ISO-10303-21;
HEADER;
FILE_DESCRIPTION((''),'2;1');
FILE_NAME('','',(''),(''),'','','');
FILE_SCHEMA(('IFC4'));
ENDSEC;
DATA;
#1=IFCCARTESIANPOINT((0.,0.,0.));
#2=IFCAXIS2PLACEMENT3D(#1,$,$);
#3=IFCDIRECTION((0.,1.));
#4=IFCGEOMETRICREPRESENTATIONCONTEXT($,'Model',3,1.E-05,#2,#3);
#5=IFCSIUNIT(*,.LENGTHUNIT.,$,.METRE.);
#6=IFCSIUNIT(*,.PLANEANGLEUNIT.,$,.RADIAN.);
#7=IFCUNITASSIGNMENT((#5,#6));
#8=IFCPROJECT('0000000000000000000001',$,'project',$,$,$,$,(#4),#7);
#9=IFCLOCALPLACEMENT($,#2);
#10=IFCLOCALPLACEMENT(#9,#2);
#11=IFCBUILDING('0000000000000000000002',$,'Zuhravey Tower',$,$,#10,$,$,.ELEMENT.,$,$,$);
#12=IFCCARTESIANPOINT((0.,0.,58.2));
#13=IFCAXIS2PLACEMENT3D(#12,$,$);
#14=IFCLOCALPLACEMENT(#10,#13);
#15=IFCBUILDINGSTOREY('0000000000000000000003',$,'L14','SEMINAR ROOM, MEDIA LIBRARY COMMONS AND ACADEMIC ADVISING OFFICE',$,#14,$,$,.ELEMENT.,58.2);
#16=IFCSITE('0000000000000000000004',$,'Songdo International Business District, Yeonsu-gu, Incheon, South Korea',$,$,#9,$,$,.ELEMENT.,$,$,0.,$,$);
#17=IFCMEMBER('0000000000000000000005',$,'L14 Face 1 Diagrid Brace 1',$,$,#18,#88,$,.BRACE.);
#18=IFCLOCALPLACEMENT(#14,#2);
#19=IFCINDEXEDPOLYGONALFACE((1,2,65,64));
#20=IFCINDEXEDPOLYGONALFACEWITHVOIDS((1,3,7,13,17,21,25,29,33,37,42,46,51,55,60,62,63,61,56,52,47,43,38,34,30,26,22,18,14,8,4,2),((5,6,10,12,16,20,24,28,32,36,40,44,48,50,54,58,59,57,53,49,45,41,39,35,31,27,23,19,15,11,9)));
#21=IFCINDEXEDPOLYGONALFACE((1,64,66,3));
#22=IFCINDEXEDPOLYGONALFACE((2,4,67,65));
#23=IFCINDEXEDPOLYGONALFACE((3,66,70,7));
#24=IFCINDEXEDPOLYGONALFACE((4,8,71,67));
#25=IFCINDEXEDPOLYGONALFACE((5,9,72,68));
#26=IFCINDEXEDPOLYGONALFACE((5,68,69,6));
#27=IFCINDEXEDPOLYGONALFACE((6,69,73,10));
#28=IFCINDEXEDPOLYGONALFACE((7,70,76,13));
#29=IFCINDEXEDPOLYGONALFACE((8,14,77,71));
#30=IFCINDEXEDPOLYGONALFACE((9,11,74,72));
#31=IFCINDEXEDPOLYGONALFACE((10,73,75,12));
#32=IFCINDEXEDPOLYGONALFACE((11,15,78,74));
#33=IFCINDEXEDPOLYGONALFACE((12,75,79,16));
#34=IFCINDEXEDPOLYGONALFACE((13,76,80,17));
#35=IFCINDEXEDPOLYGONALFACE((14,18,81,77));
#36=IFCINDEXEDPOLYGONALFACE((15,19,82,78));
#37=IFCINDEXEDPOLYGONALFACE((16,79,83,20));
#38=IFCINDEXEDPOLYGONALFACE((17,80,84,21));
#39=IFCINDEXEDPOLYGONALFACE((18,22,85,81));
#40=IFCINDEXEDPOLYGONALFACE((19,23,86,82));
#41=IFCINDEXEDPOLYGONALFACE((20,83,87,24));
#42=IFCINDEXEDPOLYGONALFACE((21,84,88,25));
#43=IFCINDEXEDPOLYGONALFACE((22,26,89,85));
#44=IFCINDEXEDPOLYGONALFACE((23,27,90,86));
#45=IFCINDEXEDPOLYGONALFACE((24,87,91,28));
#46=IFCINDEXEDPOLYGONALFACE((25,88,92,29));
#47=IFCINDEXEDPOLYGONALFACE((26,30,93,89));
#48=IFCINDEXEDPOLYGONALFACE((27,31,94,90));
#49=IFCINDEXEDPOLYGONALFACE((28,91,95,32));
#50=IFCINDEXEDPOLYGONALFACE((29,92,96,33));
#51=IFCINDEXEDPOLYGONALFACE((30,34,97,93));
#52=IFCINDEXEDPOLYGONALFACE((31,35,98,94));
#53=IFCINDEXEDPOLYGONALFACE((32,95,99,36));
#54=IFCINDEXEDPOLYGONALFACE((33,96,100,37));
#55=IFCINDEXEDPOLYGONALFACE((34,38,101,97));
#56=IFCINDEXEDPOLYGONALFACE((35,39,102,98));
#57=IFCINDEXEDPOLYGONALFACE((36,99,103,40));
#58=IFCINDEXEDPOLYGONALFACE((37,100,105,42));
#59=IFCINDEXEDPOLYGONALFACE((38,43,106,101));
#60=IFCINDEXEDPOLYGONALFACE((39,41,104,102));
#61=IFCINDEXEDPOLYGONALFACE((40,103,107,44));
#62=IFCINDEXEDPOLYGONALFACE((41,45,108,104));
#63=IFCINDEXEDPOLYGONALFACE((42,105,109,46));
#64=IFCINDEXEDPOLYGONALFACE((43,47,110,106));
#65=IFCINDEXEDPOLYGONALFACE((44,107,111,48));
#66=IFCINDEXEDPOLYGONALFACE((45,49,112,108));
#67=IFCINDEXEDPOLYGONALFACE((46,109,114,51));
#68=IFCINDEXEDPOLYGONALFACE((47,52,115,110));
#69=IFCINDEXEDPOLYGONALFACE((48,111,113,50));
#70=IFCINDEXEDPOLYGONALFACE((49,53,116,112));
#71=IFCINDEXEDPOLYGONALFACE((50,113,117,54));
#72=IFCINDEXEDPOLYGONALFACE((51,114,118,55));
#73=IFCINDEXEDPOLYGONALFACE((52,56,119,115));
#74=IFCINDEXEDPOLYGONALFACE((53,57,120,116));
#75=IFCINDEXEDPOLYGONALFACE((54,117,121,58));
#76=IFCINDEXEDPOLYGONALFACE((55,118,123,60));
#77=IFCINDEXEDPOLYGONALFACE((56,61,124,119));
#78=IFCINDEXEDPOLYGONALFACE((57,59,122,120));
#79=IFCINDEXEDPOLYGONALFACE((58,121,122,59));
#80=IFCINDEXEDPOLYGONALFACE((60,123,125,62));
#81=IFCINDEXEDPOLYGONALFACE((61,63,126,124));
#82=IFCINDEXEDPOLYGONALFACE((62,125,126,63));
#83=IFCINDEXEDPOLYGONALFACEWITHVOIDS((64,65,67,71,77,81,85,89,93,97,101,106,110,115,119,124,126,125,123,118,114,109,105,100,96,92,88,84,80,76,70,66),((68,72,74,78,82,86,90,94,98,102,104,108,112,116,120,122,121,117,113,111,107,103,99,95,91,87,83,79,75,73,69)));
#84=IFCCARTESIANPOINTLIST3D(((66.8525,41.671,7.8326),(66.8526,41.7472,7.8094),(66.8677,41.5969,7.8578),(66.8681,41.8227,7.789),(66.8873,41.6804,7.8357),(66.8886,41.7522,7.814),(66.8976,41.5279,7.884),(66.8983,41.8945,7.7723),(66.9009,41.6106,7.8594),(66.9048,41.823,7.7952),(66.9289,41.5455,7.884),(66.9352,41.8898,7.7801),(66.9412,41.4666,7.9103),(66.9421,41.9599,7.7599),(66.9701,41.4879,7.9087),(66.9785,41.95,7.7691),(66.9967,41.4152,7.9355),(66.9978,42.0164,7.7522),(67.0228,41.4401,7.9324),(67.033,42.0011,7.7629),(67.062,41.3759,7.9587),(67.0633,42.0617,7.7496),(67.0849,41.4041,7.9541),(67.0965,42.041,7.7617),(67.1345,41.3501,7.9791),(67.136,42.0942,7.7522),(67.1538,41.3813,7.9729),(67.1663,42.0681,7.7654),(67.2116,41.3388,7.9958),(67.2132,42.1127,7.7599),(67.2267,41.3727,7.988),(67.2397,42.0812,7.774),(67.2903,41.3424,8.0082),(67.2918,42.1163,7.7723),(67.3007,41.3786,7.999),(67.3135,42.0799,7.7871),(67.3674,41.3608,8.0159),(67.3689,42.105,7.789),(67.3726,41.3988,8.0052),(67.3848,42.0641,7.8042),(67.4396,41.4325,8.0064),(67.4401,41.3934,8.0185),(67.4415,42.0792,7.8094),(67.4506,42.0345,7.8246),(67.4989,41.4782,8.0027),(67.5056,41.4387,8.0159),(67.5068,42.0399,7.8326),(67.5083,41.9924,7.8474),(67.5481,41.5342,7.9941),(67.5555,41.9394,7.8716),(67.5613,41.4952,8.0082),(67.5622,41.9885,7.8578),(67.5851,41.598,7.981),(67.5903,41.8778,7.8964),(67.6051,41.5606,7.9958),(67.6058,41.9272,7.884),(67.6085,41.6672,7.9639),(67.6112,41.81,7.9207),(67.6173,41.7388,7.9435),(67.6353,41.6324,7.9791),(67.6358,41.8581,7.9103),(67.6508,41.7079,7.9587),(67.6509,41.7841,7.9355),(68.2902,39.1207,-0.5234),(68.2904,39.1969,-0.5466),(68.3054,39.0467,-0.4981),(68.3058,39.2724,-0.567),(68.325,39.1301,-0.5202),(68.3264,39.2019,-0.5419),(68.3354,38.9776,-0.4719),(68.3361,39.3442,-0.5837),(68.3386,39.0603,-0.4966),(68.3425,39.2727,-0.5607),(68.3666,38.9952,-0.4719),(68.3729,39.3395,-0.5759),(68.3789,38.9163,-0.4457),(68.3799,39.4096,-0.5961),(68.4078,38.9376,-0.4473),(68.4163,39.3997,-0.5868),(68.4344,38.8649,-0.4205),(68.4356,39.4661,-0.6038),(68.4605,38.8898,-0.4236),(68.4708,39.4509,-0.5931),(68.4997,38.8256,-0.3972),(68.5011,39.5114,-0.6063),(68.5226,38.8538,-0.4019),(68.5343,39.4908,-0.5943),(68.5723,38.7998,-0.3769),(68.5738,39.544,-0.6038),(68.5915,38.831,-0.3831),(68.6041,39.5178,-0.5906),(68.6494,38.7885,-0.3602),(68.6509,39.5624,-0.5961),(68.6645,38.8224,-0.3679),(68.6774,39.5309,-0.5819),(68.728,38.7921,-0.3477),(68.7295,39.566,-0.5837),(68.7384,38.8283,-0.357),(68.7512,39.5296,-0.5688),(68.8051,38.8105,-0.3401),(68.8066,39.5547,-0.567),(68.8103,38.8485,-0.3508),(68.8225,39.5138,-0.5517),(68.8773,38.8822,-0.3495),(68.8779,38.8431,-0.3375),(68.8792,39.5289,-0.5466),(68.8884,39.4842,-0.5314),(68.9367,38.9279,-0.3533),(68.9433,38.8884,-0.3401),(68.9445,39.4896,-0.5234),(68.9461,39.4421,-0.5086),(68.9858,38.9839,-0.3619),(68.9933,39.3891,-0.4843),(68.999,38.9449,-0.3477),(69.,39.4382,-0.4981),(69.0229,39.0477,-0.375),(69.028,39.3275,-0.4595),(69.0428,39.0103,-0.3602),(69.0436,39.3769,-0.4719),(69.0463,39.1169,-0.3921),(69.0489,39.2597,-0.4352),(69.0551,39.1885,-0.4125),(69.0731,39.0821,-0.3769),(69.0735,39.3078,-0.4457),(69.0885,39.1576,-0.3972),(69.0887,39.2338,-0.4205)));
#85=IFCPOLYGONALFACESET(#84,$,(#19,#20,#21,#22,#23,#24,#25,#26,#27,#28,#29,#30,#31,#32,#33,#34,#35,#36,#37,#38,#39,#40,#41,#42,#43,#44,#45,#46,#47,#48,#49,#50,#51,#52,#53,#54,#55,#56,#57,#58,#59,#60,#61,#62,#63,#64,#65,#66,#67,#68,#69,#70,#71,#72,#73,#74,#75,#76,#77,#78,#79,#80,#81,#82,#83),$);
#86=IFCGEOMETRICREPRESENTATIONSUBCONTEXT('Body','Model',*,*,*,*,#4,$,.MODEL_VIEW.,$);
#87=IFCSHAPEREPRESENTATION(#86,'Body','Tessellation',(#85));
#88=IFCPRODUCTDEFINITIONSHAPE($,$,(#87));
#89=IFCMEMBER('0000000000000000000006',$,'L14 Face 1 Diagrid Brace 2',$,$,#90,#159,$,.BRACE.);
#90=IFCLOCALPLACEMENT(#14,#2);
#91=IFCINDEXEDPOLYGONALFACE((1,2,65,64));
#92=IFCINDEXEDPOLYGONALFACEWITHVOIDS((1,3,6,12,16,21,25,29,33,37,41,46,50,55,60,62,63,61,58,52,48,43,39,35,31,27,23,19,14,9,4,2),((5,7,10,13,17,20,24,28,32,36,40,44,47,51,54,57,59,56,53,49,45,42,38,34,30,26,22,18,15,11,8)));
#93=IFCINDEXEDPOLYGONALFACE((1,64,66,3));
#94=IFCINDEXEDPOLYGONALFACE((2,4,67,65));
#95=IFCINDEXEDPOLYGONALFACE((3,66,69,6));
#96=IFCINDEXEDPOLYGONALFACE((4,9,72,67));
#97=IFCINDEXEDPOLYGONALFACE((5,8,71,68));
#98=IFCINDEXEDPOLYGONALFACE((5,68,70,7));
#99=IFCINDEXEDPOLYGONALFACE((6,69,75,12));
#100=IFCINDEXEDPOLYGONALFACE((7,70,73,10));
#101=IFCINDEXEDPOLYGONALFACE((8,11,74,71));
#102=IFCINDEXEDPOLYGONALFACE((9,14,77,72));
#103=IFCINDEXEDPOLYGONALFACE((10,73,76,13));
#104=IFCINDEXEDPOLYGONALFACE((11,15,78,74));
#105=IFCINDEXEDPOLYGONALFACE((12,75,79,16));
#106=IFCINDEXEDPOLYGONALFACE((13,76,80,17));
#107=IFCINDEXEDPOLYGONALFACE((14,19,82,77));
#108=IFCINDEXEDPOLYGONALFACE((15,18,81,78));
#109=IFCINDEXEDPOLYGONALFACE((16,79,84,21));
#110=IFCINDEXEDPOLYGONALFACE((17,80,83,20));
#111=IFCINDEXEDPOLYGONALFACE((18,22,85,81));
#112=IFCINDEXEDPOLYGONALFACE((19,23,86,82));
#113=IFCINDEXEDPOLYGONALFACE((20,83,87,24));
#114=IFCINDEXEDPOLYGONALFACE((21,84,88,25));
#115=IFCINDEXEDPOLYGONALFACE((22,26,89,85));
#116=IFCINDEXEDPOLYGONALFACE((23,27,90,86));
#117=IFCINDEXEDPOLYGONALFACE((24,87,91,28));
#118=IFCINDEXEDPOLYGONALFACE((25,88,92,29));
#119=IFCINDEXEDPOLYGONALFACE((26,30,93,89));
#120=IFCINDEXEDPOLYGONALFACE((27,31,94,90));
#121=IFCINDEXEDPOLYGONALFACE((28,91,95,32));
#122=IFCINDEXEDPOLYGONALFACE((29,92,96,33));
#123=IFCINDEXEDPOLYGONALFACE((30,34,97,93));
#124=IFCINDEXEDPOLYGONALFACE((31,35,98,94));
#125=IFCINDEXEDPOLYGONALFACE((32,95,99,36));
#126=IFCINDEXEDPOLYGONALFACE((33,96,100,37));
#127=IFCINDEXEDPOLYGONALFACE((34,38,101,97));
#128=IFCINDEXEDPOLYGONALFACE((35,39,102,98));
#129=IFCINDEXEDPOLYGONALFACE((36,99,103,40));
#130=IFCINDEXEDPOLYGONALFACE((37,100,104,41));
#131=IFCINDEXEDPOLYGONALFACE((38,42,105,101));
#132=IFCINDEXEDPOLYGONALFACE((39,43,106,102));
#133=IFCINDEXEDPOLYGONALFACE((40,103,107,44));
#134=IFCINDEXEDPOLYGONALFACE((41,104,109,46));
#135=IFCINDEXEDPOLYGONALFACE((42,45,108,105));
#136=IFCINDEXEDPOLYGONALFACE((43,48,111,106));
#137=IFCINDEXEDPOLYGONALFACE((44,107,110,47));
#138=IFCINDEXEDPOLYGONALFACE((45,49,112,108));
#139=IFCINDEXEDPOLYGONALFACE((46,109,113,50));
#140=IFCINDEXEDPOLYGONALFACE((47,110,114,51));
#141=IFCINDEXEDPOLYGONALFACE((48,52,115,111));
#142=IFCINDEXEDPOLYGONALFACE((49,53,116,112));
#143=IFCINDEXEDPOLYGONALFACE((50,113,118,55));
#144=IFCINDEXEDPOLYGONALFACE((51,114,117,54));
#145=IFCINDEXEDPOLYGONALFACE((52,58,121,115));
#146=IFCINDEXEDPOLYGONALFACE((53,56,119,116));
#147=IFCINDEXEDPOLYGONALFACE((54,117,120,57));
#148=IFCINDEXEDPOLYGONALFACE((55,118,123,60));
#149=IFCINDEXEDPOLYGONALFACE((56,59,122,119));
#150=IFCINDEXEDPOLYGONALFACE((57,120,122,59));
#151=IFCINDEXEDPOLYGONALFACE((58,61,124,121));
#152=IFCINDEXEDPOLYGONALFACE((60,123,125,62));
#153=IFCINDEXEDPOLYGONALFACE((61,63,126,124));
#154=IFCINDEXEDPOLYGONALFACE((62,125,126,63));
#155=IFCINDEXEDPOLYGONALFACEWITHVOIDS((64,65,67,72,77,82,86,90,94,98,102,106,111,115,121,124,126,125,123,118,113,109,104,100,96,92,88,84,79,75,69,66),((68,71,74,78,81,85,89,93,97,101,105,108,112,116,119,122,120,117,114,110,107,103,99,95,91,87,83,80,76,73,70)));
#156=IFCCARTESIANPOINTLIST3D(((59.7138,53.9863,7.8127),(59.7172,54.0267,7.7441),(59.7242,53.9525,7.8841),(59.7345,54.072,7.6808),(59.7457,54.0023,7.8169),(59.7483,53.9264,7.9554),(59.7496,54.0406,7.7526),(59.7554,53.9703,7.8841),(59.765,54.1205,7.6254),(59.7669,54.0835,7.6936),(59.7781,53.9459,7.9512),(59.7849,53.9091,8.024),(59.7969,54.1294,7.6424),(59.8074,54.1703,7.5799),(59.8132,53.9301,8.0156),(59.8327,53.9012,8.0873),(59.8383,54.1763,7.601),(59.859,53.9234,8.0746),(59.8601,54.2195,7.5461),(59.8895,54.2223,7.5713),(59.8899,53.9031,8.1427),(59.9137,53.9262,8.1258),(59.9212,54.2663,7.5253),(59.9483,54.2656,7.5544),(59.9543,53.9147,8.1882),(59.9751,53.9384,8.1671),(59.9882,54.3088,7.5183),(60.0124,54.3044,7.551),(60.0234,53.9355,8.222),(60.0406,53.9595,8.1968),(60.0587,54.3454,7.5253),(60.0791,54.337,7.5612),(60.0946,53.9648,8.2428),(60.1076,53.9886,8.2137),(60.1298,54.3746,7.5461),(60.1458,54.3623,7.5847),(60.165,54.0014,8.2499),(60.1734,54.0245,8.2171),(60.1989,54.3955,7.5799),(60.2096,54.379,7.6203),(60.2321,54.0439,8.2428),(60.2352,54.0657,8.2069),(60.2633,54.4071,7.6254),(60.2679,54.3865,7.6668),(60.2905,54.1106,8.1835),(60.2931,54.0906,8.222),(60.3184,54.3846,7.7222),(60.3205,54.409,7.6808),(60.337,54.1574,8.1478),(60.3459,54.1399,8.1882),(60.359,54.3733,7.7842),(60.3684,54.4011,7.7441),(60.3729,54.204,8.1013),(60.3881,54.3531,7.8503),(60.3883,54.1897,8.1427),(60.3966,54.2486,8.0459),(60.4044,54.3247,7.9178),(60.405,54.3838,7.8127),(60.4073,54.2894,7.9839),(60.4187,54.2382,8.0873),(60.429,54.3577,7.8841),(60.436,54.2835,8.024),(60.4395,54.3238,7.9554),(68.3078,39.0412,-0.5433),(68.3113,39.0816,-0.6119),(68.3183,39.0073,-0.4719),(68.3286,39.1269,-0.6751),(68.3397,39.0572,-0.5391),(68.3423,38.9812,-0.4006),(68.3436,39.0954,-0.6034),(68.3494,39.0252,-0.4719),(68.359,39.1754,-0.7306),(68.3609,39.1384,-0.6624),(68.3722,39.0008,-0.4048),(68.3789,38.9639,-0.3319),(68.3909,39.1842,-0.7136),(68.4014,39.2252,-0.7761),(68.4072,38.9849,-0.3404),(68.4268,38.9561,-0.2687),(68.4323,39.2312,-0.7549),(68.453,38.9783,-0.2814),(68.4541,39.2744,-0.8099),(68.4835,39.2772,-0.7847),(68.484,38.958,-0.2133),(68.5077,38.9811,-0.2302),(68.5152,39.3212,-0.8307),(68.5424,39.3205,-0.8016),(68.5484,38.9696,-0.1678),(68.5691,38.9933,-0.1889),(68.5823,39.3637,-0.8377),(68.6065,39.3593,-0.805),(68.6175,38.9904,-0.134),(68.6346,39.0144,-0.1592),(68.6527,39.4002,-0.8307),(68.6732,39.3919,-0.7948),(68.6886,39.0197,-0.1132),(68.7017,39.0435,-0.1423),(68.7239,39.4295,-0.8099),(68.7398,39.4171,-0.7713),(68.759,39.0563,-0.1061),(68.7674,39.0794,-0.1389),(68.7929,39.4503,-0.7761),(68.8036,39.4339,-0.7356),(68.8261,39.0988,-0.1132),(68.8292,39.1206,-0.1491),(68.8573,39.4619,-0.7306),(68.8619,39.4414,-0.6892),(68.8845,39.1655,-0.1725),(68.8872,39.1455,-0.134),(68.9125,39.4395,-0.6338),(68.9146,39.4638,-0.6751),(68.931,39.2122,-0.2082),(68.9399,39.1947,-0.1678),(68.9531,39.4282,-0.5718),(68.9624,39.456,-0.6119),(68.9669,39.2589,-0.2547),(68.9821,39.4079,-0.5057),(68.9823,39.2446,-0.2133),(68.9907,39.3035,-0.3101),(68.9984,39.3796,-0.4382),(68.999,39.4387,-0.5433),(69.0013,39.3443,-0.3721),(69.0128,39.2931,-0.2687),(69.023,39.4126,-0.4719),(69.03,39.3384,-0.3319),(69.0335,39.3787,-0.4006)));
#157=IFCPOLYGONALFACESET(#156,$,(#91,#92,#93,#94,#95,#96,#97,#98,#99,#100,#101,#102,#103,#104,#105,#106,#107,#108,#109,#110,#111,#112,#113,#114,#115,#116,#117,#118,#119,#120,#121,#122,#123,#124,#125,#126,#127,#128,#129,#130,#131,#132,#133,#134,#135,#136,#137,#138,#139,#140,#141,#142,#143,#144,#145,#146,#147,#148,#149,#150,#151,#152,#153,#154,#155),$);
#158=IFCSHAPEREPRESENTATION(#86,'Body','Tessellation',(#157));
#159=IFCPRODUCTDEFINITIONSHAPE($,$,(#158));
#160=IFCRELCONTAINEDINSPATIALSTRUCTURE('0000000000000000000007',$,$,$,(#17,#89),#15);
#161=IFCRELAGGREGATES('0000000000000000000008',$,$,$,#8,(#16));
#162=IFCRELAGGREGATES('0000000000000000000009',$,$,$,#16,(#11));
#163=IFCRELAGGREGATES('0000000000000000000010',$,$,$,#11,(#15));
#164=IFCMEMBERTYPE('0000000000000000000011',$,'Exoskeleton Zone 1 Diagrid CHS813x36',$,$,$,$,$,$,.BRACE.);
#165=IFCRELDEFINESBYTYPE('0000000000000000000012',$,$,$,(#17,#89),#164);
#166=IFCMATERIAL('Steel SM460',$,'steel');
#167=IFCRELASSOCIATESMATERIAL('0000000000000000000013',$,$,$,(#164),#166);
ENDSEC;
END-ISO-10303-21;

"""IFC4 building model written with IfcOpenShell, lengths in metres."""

from ifc_helpers import new_model, si_unit, direction, frame, origin, origin_2d, place, context, subcontext, project, spatial, hollow_circle, extrude, material, material_profile, profile_set, type_object, element, save


model = new_model("IFC4")

# Units and contexts
model_context = context("Model", 3, precision=1e-05, world=origin(), true_north=direction((0.0, 1.0)))
body_context = subcontext(model_context, "Body", "Model", "MODEL_VIEW")
ifc_project = project(units=[si_unit("LENGTHUNIT", "METRE"), si_unit("PLANEANGLEUNIT", "RADIAN")], contexts=[model_context])

# Site, building, storey
site_placement = place(None, origin())
site = spatial("IfcSite", under=ifc_project, at=site_placement, Name="Songdo International Business District, Yeonsu-gu, Incheon, South Korea", CompositionType="ELEMENT", RefElevation=0.0)
building_placement = place(site_placement, origin())
building = spatial("IfcBuilding", under=site, at=building_placement, Name="Zuhravey Tower", CompositionType="ELEMENT")
storey_placement = place(building_placement, frame((0.0, 0.0, 58.2)))
storey = spatial("IfcBuildingStorey", under=building, at=storey_placement, Name="L14", Description="SEMINAR ROOM, MEDIA LIBRARY COMMONS AND ACADEMIC ADVISING OFFICE", CompositionType="ELEMENT", Elevation=58.2)

# Members
ifc_material_1 = material(Name="Steel SM460", Category="steel")
ifc_material_profile_1 = material_profile(ifc_material_1, hollow_circle(Radius=0.4065, WallThickness=0.0359, at=origin_2d()), Name="CHS-812.8x36")
ifc_profile_set_1 = profile_set([ifc_material_profile_1], Name="Steel SM460")
member_type_1 = type_object("IfcMemberType", Name="Exoskeleton Zone 1 Diagrid CHS813x36", PredefinedType="BRACE", material=ifc_profile_set_1)
member_1_placement = place(storey_placement, frame((68.6895, 39.1772, -0.4719), z_axis=(-0.162384, 0.288039, 0.943751), x_axis=(-0.871107, -0.491092, 0.0)))
element("IfcMember", 1, at=member_1_placement, inside=storey, type_object=member_type_1, Name="L14 Face 1 Diagrid Brace 1", PredefinedType="BRACE", context=body_context, shape_type="SweptSolid", body=[
    extrude(hollow_circle(Radius=0.4065, WallThickness=0.0359, at=origin_2d()), origin(), (0.0, 0.0, 1.0), 8.854),
])
member_2_placement = place(storey_placement, frame((68.6707, 39.21, -0.4719), z_axis=(-0.448582, 0.78009, 0.436157), x_axis=(-0.866892, -0.498496, 0.0)))
element("IfcMember", 2, at=member_2_placement, inside=storey, type_object=member_type_1, Name="L14 Face 1 Diagrid Brace 2", PredefinedType="BRACE", context=body_context, shape_type="SweptSolid", body=[
    extrude(hollow_circle(Radius=0.4065, WallThickness=0.0359, at=origin_2d()), origin(), (0.0, 0.0, 1.0), 19.1582),
])

save(model, "model.ifc")
